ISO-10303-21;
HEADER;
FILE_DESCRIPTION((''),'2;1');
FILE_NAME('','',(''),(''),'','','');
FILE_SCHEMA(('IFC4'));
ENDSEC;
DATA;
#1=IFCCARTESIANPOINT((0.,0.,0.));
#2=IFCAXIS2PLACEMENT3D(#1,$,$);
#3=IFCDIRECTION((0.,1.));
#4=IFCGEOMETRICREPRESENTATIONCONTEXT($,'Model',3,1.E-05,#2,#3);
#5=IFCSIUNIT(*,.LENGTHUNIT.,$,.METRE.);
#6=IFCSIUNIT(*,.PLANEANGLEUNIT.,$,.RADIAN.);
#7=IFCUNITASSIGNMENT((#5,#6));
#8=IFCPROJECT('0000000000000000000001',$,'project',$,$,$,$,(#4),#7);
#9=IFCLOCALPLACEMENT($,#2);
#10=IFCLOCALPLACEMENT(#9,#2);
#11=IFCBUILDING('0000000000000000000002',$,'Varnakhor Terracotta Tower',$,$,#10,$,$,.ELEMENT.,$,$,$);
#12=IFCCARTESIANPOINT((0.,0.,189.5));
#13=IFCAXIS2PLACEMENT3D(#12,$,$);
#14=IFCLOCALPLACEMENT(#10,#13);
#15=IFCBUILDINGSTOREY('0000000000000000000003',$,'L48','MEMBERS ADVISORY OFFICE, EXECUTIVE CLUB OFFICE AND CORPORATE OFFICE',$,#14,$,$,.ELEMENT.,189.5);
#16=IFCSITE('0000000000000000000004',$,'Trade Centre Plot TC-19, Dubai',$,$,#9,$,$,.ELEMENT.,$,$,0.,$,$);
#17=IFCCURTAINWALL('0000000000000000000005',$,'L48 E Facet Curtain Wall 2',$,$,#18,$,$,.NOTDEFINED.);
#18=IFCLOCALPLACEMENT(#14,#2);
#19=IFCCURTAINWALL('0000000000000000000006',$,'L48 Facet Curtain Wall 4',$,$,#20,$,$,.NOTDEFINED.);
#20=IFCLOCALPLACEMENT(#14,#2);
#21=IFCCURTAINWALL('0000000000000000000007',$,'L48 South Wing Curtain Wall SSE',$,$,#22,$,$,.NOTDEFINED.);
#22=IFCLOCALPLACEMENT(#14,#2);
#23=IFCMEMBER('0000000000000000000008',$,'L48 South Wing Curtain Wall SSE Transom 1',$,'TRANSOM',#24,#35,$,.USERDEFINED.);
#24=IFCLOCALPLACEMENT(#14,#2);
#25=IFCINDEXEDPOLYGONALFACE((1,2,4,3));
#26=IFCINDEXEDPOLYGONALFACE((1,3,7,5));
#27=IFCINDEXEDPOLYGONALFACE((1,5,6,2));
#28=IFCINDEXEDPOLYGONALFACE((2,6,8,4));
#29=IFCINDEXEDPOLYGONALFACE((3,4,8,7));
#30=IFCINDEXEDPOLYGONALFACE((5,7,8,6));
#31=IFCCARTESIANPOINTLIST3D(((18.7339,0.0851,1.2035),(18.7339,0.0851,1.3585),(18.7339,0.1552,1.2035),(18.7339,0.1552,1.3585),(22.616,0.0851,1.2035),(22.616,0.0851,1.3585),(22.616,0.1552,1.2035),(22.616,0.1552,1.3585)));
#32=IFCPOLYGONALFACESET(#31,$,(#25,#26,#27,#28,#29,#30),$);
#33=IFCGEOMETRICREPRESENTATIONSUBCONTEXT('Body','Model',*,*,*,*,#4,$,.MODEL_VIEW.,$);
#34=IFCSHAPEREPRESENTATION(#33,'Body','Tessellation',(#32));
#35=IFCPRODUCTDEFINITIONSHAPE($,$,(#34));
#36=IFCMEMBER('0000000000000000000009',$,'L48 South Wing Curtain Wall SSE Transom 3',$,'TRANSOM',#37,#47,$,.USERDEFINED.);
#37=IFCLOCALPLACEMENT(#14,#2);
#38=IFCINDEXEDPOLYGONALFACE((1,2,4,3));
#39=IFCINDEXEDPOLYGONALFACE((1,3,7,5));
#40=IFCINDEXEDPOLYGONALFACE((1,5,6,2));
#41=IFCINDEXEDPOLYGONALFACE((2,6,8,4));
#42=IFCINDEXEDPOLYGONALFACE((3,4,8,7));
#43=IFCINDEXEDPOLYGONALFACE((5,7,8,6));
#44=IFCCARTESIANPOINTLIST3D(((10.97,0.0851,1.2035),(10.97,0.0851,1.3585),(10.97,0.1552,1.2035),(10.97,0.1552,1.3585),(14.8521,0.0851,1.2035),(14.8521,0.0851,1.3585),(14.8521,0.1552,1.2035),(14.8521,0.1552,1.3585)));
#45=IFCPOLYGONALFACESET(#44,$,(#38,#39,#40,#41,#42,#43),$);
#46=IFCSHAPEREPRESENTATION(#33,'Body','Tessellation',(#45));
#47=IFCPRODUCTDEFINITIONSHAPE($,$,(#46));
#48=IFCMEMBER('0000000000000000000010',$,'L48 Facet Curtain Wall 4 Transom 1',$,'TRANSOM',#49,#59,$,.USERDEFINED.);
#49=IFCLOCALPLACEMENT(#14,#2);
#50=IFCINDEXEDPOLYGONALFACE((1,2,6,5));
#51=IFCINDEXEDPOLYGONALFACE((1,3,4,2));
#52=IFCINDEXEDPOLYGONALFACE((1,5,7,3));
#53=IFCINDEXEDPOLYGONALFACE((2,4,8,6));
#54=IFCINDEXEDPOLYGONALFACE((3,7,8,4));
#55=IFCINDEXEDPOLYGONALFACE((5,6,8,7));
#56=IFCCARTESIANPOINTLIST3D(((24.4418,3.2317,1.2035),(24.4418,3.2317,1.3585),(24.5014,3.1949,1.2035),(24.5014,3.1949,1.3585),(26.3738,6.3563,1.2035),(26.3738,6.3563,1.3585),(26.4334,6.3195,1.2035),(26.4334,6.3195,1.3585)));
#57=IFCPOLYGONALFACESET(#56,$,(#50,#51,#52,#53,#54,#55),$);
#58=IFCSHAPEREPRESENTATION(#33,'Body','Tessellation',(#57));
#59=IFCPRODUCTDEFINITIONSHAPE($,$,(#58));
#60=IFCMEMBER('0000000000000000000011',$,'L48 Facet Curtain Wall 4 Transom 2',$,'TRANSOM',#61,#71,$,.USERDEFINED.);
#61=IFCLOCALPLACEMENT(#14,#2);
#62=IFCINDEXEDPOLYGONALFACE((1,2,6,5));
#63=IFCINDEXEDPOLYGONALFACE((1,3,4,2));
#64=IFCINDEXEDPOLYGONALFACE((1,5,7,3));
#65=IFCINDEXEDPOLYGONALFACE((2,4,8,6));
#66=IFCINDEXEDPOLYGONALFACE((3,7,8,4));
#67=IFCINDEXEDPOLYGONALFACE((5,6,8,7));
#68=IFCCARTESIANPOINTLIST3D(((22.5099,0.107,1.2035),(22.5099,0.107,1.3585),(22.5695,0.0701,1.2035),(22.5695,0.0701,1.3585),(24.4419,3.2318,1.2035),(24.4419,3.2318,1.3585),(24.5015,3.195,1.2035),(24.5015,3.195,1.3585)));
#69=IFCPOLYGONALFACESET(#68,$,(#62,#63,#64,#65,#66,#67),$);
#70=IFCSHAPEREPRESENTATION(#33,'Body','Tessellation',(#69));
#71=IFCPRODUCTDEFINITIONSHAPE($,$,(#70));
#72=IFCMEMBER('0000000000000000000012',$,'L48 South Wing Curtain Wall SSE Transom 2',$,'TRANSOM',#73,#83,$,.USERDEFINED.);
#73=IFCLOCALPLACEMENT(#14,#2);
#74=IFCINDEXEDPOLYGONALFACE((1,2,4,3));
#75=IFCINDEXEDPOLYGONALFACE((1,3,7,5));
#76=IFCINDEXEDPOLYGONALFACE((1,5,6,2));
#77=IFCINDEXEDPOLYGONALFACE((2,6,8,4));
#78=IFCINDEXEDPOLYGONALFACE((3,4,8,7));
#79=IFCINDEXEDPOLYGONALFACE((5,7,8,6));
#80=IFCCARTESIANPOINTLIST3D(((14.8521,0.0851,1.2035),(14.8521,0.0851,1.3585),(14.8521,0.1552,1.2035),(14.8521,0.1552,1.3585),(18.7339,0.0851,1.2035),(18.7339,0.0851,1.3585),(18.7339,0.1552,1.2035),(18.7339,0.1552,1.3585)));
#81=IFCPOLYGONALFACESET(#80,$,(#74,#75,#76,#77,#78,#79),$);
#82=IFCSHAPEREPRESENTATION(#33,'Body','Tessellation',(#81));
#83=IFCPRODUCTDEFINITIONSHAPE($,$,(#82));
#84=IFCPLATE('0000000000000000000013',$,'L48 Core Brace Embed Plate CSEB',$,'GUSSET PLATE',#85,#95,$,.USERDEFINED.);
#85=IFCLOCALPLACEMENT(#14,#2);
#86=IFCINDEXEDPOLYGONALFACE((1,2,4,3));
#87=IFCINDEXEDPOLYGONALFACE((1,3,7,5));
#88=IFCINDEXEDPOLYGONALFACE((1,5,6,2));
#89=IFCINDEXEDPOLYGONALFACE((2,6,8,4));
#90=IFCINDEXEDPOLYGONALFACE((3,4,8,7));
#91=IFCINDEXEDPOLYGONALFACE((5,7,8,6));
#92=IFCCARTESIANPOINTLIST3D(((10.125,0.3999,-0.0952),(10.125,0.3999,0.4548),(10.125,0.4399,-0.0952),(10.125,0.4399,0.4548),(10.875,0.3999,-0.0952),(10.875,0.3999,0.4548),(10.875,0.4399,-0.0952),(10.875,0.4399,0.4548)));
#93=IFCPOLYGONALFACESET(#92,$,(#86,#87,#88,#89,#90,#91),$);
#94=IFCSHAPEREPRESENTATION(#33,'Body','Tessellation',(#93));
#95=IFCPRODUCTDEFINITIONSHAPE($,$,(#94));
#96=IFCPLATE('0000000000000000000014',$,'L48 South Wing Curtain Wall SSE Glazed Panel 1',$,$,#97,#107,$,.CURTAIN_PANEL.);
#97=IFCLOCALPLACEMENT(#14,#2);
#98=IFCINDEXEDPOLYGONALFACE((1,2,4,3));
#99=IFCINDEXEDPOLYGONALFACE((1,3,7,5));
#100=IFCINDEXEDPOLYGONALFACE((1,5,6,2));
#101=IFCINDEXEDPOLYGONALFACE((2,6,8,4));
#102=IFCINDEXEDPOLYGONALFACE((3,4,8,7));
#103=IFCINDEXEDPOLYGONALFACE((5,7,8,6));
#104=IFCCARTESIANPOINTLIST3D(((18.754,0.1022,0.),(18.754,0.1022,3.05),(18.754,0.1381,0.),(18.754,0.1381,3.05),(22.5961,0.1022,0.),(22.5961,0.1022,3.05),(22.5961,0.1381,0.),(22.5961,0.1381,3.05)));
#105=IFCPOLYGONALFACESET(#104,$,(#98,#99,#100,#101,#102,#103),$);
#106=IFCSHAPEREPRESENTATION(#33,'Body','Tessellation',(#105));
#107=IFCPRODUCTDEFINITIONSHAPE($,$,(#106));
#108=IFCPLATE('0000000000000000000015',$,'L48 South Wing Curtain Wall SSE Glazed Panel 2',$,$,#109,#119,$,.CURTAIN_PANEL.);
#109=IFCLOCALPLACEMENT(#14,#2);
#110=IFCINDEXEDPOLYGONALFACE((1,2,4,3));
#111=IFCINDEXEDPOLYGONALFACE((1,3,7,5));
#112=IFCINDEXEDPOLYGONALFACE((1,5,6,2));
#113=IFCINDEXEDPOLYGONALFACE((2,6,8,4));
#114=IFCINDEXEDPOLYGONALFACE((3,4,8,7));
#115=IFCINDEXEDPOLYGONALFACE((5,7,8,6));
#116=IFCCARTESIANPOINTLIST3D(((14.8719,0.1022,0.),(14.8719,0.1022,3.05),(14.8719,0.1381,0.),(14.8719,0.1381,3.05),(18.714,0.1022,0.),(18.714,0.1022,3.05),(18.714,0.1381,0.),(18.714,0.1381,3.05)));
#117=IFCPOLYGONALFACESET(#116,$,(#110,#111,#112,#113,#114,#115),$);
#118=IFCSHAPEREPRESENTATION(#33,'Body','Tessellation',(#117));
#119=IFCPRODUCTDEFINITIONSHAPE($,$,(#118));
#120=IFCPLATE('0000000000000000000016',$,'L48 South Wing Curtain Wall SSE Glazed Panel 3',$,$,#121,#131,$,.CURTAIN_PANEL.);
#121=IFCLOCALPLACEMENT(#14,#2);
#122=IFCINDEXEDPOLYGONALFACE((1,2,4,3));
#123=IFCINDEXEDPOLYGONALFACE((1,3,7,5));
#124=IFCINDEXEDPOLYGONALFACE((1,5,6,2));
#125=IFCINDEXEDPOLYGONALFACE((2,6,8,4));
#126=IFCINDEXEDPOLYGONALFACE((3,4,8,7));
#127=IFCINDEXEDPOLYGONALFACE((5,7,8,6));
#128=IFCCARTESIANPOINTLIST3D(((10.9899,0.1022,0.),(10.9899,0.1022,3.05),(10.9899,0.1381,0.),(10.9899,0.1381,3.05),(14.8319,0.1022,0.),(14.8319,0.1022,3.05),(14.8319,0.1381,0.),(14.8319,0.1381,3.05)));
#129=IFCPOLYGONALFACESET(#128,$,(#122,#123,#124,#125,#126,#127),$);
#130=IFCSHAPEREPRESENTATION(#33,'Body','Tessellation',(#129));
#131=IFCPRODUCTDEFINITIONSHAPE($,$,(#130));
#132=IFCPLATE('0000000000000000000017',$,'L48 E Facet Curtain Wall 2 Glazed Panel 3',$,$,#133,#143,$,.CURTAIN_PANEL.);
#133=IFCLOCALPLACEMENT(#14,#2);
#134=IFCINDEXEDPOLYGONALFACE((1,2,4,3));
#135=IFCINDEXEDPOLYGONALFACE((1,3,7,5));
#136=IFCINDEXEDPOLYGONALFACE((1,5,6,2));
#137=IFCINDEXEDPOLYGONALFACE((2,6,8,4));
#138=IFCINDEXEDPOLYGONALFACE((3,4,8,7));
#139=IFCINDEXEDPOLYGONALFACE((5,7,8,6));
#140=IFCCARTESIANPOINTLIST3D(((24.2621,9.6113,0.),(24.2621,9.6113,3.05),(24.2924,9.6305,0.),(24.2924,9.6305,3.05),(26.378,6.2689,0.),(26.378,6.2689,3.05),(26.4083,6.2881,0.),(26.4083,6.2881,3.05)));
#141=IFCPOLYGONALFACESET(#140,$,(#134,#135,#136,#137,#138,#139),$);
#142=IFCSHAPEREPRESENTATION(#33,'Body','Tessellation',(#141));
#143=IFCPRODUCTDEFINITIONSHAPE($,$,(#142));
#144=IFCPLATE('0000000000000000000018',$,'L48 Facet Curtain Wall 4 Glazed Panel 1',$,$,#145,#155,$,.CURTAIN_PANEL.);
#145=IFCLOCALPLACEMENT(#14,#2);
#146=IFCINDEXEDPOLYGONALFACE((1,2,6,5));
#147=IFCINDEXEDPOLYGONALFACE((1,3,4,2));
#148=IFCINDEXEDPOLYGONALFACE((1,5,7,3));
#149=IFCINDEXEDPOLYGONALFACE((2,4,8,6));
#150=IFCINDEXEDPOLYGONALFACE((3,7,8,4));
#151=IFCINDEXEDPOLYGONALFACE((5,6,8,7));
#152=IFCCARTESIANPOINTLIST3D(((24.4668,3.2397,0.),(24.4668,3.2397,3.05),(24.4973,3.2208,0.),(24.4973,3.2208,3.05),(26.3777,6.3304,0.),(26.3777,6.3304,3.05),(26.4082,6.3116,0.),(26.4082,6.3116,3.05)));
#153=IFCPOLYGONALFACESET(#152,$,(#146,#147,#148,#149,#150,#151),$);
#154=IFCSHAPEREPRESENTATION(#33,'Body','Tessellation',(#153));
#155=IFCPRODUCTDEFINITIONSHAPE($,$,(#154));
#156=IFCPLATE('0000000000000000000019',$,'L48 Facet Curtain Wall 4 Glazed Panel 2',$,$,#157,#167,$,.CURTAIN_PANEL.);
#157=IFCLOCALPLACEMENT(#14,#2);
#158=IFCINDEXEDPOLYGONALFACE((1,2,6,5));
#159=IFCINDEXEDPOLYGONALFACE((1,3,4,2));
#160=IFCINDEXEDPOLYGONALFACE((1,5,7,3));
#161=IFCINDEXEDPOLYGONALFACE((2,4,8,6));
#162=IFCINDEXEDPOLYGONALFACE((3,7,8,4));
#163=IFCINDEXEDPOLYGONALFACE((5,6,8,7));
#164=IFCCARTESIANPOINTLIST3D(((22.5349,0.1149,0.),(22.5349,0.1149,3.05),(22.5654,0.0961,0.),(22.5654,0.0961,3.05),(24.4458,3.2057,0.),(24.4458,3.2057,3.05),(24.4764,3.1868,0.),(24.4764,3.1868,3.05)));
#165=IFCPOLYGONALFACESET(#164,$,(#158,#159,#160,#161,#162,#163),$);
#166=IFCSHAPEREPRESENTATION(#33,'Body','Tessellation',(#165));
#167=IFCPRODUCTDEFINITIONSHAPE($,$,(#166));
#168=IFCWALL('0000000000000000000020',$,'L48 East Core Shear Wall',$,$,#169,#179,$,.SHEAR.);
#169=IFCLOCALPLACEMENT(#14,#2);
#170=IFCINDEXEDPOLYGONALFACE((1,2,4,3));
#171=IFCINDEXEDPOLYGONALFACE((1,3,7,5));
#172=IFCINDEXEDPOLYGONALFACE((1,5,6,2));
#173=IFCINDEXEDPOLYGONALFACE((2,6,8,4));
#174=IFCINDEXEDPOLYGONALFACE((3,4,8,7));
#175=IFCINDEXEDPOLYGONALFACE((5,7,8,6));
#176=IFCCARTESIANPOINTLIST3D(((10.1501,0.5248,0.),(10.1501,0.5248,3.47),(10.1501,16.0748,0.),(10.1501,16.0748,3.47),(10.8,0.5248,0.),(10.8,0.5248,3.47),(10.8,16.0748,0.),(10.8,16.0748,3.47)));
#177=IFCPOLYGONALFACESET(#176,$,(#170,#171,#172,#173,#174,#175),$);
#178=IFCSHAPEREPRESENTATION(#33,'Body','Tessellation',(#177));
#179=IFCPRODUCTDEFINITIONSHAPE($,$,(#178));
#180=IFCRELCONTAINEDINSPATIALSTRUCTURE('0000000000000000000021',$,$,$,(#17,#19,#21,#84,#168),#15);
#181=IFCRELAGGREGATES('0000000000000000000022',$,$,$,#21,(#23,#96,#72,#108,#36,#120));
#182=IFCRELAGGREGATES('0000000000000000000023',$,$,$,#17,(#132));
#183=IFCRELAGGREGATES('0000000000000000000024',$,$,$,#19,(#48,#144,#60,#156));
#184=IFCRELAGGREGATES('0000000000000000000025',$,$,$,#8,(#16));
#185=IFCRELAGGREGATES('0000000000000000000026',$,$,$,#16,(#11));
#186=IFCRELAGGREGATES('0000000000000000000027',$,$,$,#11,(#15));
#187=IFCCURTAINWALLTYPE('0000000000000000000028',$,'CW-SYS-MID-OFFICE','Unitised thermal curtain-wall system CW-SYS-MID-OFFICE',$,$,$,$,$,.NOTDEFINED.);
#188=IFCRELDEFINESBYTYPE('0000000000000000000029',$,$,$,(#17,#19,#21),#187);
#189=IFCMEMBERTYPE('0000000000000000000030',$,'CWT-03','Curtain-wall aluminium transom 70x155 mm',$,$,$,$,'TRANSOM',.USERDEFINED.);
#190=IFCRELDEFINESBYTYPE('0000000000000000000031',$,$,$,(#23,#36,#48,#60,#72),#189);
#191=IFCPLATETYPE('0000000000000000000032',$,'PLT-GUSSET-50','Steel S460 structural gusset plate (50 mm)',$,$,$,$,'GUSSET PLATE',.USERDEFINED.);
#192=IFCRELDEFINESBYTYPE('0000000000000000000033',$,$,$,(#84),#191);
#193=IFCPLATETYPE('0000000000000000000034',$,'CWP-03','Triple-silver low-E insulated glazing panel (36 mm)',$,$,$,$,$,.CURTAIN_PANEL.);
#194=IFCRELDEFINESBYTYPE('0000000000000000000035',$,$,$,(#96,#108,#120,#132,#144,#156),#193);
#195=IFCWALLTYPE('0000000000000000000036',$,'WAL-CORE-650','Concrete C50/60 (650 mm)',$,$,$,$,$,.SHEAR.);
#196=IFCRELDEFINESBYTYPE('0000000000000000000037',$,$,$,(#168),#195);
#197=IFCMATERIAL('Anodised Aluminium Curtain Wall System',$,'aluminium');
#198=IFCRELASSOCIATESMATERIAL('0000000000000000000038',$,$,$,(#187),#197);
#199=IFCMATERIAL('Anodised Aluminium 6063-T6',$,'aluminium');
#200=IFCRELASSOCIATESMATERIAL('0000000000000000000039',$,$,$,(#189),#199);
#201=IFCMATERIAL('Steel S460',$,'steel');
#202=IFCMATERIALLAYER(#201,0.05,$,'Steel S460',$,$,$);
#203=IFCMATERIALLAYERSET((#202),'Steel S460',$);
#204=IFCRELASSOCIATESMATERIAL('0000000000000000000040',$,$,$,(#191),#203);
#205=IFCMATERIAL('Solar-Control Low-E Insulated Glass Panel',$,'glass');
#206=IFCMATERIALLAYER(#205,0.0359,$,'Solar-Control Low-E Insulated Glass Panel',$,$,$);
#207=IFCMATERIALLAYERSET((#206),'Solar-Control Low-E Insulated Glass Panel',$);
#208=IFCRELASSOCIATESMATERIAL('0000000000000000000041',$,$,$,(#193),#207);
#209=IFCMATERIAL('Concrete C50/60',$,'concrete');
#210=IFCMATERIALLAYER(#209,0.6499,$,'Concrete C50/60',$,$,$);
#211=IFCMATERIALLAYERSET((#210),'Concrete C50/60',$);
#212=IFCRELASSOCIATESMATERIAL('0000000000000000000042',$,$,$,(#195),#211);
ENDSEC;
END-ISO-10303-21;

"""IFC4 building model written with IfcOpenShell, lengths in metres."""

from ifc_helpers import new_model, si_unit, direction, frame, frame_2d, origin, origin_2d, place, context, subcontext, project, spatial, rectangle, extrude, source, transform, mapped, material, layer, layer_set, material_profile, profile_set, type_object, type_shapes, element, aggregate, save


model = new_model("IFC4")

# Units and contexts
model_context = context("Model", 3, precision=1e-05, world=origin(), true_north=direction((0.0, 1.0)))
body_context = subcontext(model_context, "Body", "Model", "MODEL_VIEW")
ifc_project = project(units=[si_unit("LENGTHUNIT", "METRE"), si_unit("PLANEANGLEUNIT", "RADIAN")], contexts=[model_context])

# Site, building, storey
site_placement = place(None, origin())
site = spatial("IfcSite", under=ifc_project, at=site_placement, Name="Trade Centre Plot TC-19, Dubai", CompositionType="ELEMENT", RefElevation=0.0)
building_placement = place(site_placement, origin())
building = spatial("IfcBuilding", under=site, at=building_placement, Name="Varnakhor Terracotta Tower", CompositionType="ELEMENT")
storey_placement = place(building_placement, frame((0.0, 0.0, 189.5)))
storey = spatial("IfcBuildingStorey", under=building, at=storey_placement, Name="L48", Description="MEMBERS ADVISORY OFFICE, EXECUTIVE CLUB OFFICE AND CORPORATE OFFICE", CompositionType="ELEMENT", Elevation=189.5)

# Shared definitions
ifc_material_1 = material(Name="Concrete C50/60", Category="concrete")
ifc_material_2 = material(Name="Steel S460", Category="steel")

# Curtain wall
ifc_material_3 = material(Name="Anodised Aluminium Curtain Wall System", Category="aluminium")
curtain_wall_type = type_object("IfcCurtainWallType", Name="CW-SYS-MID-OFFICE", Description="Unitised thermal curtain-wall system CW-SYS-MID-OFFICE", PredefinedType="NOTDEFINED", material=ifc_material_3)
curtain_wall_1_placement = place(storey_placement, origin())
curtain_wall_1 = element("IfcCurtainWall", 1, at=curtain_wall_1_placement, inside=storey, type_object=curtain_wall_type, Name="L48 E Facet Curtain Wall 2", PredefinedType="NOTDEFINED")
ifc_material_4 = material(Name="Anodised Aluminium 6063-T6", Category="aluminium")

# Curtain walls, members
curtain_wall_2_placement = place(storey_placement, origin())
curtain_wall_2 = element("IfcCurtainWall", 2, at=curtain_wall_2_placement, inside=storey, type_object=curtain_wall_type, Name="L48 Facet Curtain Wall 4", PredefinedType="NOTDEFINED")
curtain_wall_3_placement = place(storey_placement, origin())
curtain_wall_3 = element("IfcCurtainWall", 3, at=curtain_wall_3_placement, inside=storey, type_object=curtain_wall_type, Name="L48 South Wing Curtain Wall SSE", PredefinedType="NOTDEFINED")
ifc_material_profile_1 = material_profile(ifc_material_4, rectangle(XDim=0.0701, YDim=0.155, at=origin_2d()), Name="ALU TRANSOM 70x155")
ifc_profile_set_1 = profile_set([ifc_material_profile_1], Name="Anodised Aluminium 6063-T6")
member_type_1 = type_object("IfcMemberType", Name="CWT-03", Description="Curtain-wall aluminium transom 70x155 mm", ElementType="TRANSOM", PredefinedType="USERDEFINED", material=ifc_profile_set_1)
shared_shape_1 = source(origin(), body_context, "Body", "SweptSolid", [
    extrude(rectangle(XDim=0.0701, YDim=0.155, at=origin_2d()), origin(), (0.0, 0.0, 1.0), 3.8821),
])
member_1_placement = place(storey_placement, frame((22.616, 0.1201, 1.281), z_axis=(-1.0, 0.0, 0.0), x_axis=(0.0, -1.0, 0.0)))
member_1 = element("IfcMember", 4, at=member_1_placement, type_object=member_type_1, Name="L48 South Wing Curtain Wall SSE Transom 1", ObjectType="TRANSOM", PredefinedType="USERDEFINED", context=body_context, shape_type="MappedRepresentation", body=[
    mapped(shared_shape_1, transform((0.0, 0.0, 0.0), scale=1.0)),
])
member_2_placement = place(storey_placement, frame((14.8521, 0.1201, 1.281), z_axis=(-1.0, 0.0, 0.0), x_axis=(0.0, -1.0, 0.0)))
member_2 = element("IfcMember", 5, at=member_2_placement, type_object=member_type_1, Name="L48 South Wing Curtain Wall SSE Transom 3", ObjectType="TRANSOM", PredefinedType="USERDEFINED", context=body_context, shape_type="MappedRepresentation", body=[
    mapped(shared_shape_1, transform((0.0, 0.0, 0.0), scale=1.0)),
])

# Members
shared_shape_2 = source(origin(), body_context, "Body", "SweptSolid", [
    extrude(rectangle(XDim=0.0701, YDim=0.155, at=origin_2d()), origin(), (0.0, 0.0, 1.0), 3.6736),
])
member_3_placement = place(storey_placement, frame((26.4036, 6.3379, 1.281), z_axis=(-0.525895, -0.85055, 0.0), x_axis=(0.85055, -0.525895, 0.0)))
member_3 = element("IfcMember", 6, at=member_3_placement, type_object=member_type_1, Name="L48 Facet Curtain Wall 4 Transom 1", ObjectType="TRANSOM", PredefinedType="USERDEFINED", context=body_context, shape_type="MappedRepresentation", body=[
    mapped(shared_shape_2, transform((0.0, 0.0, 0.0), scale=1.0)),
])
shared_shape_3 = source(origin(), body_context, "Body", "SweptSolid", [
    extrude(rectangle(XDim=0.0701, YDim=0.155, at=origin_2d()), origin(), (0.0, 0.0, 1.0), 3.6738),
])
member_4_placement = place(storey_placement, frame((24.4717, 3.2134, 1.281), z_axis=(-0.525865, -0.850568, 0.0), x_axis=(0.850568, -0.525865, 0.0)))
member_4 = element("IfcMember", 7, at=member_4_placement, type_object=member_type_1, Name="L48 Facet Curtain Wall 4 Transom 2", ObjectType="TRANSOM", PredefinedType="USERDEFINED", context=body_context, shape_type="MappedRepresentation", body=[
    mapped(shared_shape_3, transform((0.0, 0.0, 0.0), scale=1.0)),
])
shared_shape_4 = source(origin(), body_context, "Body", "SweptSolid", [
    extrude(rectangle(XDim=0.0701, YDim=0.155, at=origin_2d()), origin(), (0.0, 0.0, 1.0), 3.8818),
])
member_5_placement = place(storey_placement, frame((18.7339, 0.1201, 1.281), z_axis=(-1.0, 0.0, 0.0), x_axis=(0.0, -1.0, 0.0)))
member_5 = element("IfcMember", 8, at=member_5_placement, type_object=member_type_1, Name="L48 South Wing Curtain Wall SSE Transom 2", ObjectType="TRANSOM", PredefinedType="USERDEFINED", context=body_context, shape_type="MappedRepresentation", body=[
    mapped(shared_shape_4, transform((0.0, 0.0, 0.0), scale=1.0)),
])

# Plates
ifc_layer_1 = layer(ifc_material_2, 0.05, Name="Steel S460")
ifc_layer_set_1 = layer_set([ifc_layer_1], Name="Steel S460")
plate_type_1 = type_object("IfcPlateType", Name="PLT-GUSSET-50", Description="Steel S460 structural gusset plate (50 mm)", ElementType="GUSSET PLATE", PredefinedType="USERDEFINED", material=ifc_layer_set_1)
shared_shape_5 = source(origin(), body_context, "Body", "SweptSolid", [
    extrude(rectangle(XDim=0.75, YDim=0.04, at=origin_2d()), origin(), (0.0, 0.0, 1.0), 0.55),
])
type_shapes(plate_type_1, [shared_shape_5])
plate_1_placement = place(storey_placement, frame((10.5, 0.4199, -0.0952), z_axis=(0.0, 0.0, 1.0), x_axis=(1.0, 0.0, 0.0)))
element("IfcPlate", 9, at=plate_1_placement, inside=storey, type_object=plate_type_1, Name="L48 Core Brace Embed Plate CSEB", ObjectType="GUSSET PLATE", PredefinedType="USERDEFINED", context=body_context, shape_type="MappedRepresentation", body=[
    mapped(shared_shape_5, transform((0.0, 0.0, 0.0), scale=1.0)),
])
ifc_material_5 = material(Name="Solar-Control Low-E Insulated Glass Panel", Category="glass")
ifc_layer_2 = layer(ifc_material_5, 0.0359, Name="Solar-Control Low-E Insulated Glass Panel")
ifc_layer_set_2 = layer_set([ifc_layer_2], Name="Solar-Control Low-E Insulated Glass Panel")
plate_type_2 = type_object("IfcPlateType", Name="CWP-03", Description="Triple-silver low-E insulated glazing panel (36 mm)", PredefinedType="CURTAIN_PANEL", material=ifc_layer_set_2)
shared_shape_6 = source(origin(), body_context, "Body", "SweptSolid", [
    extrude(rectangle(XDim=3.842, YDim=0.0359, at=origin_2d()), origin(), (0.0, 0.0, 1.0), 3.05),
])
plate_2_placement = place(storey_placement, frame((20.675, 0.1201, 0.0), z_axis=(0.0, 0.0, 1.0), x_axis=(-1.0, 0.0, 0.0)))
plate_2 = element("IfcPlate", 10, at=plate_2_placement, type_object=plate_type_2, Name="L48 South Wing Curtain Wall SSE Glazed Panel 1", PredefinedType="CURTAIN_PANEL", context=body_context, shape_type="MappedRepresentation", body=[
    mapped(shared_shape_6, transform((0.0, 0.0, 0.0), scale=1.0)),
])
plate_3_placement = place(storey_placement, frame((16.793, 0.1201, 0.0), z_axis=(0.0, 0.0, 1.0), x_axis=(-1.0, 0.0, 0.0)))
plate_3 = element("IfcPlate", 11, at=plate_3_placement, type_object=plate_type_2, Name="L48 South Wing Curtain Wall SSE Glazed Panel 2", PredefinedType="CURTAIN_PANEL", context=body_context, shape_type="MappedRepresentation", body=[
    mapped(shared_shape_6, transform((0.0, 0.0, 0.0), scale=1.0)),
])
plate_4_placement = place(storey_placement, frame((12.9109, 0.1201, 0.0), z_axis=(0.0, 0.0, 1.0), x_axis=(-1.0, 0.0, 0.0)))
plate_4 = element("IfcPlate", 12, at=plate_4_placement, type_object=plate_type_2, Name="L48 South Wing Curtain Wall SSE Glazed Panel 3", PredefinedType="CURTAIN_PANEL", context=body_context, shape_type="MappedRepresentation", body=[
    mapped(shared_shape_6, transform((0.0, 0.0, 0.0), scale=1.0)),
])
aggregate(curtain_wall_3, [member_1, plate_2, member_5, plate_3, member_2, plate_4])
shared_shape_7 = source(origin(), body_context, "Body", "SweptSolid", [
    extrude(rectangle(XDim=3.9558, YDim=0.0359, at=origin_2d()), origin(), (0.0, 0.0, 1.0), 3.05),
])
plate_5_placement = place(storey_placement, frame((25.3352, 7.9497, 0.0), z_axis=(0.0, 0.0, 1.0), x_axis=(0.534869, -0.844935, 0.0)))
plate_5 = element("IfcPlate", 13, at=plate_5_placement, type_object=plate_type_2, Name="L48 E Facet Curtain Wall 2 Glazed Panel 3", PredefinedType="CURTAIN_PANEL", context=body_context, shape_type="MappedRepresentation", body=[
    mapped(shared_shape_7, transform((0.0, 0.0, 0.0), scale=1.0)),
])
aggregate(curtain_wall_1, [plate_5])
shared_shape_8 = source(origin(), body_context, "Body", "SweptSolid", [
    extrude(rectangle(XDim=3.6338, YDim=0.0359, at=origin_2d()), origin(), (0.0, 0.0, 1.0), 3.05),
])
plate_6_placement = place(storey_placement, frame((25.4375, 4.7756, 0.0), z_axis=(0.0, 0.0, 1.0), x_axis=(-0.525887, -0.850554, 0.0)))
plate_6 = element("IfcPlate", 14, at=plate_6_placement, type_object=plate_type_2, Name="L48 Facet Curtain Wall 4 Glazed Panel 1", PredefinedType="CURTAIN_PANEL", context=body_context, shape_type="MappedRepresentation", body=[
    mapped(shared_shape_8, transform((0.0, 0.0, 0.0), scale=1.0)),
])
plate_7_placement = place(storey_placement, frame((23.5056, 1.6509, 0.0), z_axis=(0.0, 0.0, 1.0), x_axis=(-0.525887, -0.850554, 0.0)))
plate_7 = element("IfcPlate", 15, at=plate_7_placement, type_object=plate_type_2, Name="L48 Facet Curtain Wall 4 Glazed Panel 2", PredefinedType="CURTAIN_PANEL", context=body_context, shape_type="MappedRepresentation", body=[
    mapped(shared_shape_8, transform((0.0, 0.0, 0.0), scale=1.0)),
])
aggregate(curtain_wall_2, [member_3, plate_6, member_4, plate_7])

# Wall
ifc_layer_3 = layer(ifc_material_1, 0.6499, Name="Concrete C50/60")
ifc_layer_set_3 = layer_set([ifc_layer_3], Name="Concrete C50/60")
wall_type_1 = type_object("IfcWallType", Name="WAL-CORE-650", Description="Concrete C50/60 (650 mm)", PredefinedType="SHEAR", material=ifc_layer_set_3)
wall_1_placement = place(storey_placement, frame((10.4751, 0.5249, 0.0), z_axis=(0.0, 0.0, 1.0), x_axis=(0.0, 1.0, 0.0)))
element("IfcWall", 16, at=wall_1_placement, inside=storey, type_object=wall_type_1, Name="L48 East Core Shear Wall", PredefinedType="SHEAR", context=body_context, shape_type="SweptSolid", body=[
    extrude(rectangle(XDim=15.55, YDim=0.6499, at=frame_2d((7.7749, 0.0))), origin(), (0.0, 0.0, 1.0), 3.47),
])

save(model, "model.ifc")
